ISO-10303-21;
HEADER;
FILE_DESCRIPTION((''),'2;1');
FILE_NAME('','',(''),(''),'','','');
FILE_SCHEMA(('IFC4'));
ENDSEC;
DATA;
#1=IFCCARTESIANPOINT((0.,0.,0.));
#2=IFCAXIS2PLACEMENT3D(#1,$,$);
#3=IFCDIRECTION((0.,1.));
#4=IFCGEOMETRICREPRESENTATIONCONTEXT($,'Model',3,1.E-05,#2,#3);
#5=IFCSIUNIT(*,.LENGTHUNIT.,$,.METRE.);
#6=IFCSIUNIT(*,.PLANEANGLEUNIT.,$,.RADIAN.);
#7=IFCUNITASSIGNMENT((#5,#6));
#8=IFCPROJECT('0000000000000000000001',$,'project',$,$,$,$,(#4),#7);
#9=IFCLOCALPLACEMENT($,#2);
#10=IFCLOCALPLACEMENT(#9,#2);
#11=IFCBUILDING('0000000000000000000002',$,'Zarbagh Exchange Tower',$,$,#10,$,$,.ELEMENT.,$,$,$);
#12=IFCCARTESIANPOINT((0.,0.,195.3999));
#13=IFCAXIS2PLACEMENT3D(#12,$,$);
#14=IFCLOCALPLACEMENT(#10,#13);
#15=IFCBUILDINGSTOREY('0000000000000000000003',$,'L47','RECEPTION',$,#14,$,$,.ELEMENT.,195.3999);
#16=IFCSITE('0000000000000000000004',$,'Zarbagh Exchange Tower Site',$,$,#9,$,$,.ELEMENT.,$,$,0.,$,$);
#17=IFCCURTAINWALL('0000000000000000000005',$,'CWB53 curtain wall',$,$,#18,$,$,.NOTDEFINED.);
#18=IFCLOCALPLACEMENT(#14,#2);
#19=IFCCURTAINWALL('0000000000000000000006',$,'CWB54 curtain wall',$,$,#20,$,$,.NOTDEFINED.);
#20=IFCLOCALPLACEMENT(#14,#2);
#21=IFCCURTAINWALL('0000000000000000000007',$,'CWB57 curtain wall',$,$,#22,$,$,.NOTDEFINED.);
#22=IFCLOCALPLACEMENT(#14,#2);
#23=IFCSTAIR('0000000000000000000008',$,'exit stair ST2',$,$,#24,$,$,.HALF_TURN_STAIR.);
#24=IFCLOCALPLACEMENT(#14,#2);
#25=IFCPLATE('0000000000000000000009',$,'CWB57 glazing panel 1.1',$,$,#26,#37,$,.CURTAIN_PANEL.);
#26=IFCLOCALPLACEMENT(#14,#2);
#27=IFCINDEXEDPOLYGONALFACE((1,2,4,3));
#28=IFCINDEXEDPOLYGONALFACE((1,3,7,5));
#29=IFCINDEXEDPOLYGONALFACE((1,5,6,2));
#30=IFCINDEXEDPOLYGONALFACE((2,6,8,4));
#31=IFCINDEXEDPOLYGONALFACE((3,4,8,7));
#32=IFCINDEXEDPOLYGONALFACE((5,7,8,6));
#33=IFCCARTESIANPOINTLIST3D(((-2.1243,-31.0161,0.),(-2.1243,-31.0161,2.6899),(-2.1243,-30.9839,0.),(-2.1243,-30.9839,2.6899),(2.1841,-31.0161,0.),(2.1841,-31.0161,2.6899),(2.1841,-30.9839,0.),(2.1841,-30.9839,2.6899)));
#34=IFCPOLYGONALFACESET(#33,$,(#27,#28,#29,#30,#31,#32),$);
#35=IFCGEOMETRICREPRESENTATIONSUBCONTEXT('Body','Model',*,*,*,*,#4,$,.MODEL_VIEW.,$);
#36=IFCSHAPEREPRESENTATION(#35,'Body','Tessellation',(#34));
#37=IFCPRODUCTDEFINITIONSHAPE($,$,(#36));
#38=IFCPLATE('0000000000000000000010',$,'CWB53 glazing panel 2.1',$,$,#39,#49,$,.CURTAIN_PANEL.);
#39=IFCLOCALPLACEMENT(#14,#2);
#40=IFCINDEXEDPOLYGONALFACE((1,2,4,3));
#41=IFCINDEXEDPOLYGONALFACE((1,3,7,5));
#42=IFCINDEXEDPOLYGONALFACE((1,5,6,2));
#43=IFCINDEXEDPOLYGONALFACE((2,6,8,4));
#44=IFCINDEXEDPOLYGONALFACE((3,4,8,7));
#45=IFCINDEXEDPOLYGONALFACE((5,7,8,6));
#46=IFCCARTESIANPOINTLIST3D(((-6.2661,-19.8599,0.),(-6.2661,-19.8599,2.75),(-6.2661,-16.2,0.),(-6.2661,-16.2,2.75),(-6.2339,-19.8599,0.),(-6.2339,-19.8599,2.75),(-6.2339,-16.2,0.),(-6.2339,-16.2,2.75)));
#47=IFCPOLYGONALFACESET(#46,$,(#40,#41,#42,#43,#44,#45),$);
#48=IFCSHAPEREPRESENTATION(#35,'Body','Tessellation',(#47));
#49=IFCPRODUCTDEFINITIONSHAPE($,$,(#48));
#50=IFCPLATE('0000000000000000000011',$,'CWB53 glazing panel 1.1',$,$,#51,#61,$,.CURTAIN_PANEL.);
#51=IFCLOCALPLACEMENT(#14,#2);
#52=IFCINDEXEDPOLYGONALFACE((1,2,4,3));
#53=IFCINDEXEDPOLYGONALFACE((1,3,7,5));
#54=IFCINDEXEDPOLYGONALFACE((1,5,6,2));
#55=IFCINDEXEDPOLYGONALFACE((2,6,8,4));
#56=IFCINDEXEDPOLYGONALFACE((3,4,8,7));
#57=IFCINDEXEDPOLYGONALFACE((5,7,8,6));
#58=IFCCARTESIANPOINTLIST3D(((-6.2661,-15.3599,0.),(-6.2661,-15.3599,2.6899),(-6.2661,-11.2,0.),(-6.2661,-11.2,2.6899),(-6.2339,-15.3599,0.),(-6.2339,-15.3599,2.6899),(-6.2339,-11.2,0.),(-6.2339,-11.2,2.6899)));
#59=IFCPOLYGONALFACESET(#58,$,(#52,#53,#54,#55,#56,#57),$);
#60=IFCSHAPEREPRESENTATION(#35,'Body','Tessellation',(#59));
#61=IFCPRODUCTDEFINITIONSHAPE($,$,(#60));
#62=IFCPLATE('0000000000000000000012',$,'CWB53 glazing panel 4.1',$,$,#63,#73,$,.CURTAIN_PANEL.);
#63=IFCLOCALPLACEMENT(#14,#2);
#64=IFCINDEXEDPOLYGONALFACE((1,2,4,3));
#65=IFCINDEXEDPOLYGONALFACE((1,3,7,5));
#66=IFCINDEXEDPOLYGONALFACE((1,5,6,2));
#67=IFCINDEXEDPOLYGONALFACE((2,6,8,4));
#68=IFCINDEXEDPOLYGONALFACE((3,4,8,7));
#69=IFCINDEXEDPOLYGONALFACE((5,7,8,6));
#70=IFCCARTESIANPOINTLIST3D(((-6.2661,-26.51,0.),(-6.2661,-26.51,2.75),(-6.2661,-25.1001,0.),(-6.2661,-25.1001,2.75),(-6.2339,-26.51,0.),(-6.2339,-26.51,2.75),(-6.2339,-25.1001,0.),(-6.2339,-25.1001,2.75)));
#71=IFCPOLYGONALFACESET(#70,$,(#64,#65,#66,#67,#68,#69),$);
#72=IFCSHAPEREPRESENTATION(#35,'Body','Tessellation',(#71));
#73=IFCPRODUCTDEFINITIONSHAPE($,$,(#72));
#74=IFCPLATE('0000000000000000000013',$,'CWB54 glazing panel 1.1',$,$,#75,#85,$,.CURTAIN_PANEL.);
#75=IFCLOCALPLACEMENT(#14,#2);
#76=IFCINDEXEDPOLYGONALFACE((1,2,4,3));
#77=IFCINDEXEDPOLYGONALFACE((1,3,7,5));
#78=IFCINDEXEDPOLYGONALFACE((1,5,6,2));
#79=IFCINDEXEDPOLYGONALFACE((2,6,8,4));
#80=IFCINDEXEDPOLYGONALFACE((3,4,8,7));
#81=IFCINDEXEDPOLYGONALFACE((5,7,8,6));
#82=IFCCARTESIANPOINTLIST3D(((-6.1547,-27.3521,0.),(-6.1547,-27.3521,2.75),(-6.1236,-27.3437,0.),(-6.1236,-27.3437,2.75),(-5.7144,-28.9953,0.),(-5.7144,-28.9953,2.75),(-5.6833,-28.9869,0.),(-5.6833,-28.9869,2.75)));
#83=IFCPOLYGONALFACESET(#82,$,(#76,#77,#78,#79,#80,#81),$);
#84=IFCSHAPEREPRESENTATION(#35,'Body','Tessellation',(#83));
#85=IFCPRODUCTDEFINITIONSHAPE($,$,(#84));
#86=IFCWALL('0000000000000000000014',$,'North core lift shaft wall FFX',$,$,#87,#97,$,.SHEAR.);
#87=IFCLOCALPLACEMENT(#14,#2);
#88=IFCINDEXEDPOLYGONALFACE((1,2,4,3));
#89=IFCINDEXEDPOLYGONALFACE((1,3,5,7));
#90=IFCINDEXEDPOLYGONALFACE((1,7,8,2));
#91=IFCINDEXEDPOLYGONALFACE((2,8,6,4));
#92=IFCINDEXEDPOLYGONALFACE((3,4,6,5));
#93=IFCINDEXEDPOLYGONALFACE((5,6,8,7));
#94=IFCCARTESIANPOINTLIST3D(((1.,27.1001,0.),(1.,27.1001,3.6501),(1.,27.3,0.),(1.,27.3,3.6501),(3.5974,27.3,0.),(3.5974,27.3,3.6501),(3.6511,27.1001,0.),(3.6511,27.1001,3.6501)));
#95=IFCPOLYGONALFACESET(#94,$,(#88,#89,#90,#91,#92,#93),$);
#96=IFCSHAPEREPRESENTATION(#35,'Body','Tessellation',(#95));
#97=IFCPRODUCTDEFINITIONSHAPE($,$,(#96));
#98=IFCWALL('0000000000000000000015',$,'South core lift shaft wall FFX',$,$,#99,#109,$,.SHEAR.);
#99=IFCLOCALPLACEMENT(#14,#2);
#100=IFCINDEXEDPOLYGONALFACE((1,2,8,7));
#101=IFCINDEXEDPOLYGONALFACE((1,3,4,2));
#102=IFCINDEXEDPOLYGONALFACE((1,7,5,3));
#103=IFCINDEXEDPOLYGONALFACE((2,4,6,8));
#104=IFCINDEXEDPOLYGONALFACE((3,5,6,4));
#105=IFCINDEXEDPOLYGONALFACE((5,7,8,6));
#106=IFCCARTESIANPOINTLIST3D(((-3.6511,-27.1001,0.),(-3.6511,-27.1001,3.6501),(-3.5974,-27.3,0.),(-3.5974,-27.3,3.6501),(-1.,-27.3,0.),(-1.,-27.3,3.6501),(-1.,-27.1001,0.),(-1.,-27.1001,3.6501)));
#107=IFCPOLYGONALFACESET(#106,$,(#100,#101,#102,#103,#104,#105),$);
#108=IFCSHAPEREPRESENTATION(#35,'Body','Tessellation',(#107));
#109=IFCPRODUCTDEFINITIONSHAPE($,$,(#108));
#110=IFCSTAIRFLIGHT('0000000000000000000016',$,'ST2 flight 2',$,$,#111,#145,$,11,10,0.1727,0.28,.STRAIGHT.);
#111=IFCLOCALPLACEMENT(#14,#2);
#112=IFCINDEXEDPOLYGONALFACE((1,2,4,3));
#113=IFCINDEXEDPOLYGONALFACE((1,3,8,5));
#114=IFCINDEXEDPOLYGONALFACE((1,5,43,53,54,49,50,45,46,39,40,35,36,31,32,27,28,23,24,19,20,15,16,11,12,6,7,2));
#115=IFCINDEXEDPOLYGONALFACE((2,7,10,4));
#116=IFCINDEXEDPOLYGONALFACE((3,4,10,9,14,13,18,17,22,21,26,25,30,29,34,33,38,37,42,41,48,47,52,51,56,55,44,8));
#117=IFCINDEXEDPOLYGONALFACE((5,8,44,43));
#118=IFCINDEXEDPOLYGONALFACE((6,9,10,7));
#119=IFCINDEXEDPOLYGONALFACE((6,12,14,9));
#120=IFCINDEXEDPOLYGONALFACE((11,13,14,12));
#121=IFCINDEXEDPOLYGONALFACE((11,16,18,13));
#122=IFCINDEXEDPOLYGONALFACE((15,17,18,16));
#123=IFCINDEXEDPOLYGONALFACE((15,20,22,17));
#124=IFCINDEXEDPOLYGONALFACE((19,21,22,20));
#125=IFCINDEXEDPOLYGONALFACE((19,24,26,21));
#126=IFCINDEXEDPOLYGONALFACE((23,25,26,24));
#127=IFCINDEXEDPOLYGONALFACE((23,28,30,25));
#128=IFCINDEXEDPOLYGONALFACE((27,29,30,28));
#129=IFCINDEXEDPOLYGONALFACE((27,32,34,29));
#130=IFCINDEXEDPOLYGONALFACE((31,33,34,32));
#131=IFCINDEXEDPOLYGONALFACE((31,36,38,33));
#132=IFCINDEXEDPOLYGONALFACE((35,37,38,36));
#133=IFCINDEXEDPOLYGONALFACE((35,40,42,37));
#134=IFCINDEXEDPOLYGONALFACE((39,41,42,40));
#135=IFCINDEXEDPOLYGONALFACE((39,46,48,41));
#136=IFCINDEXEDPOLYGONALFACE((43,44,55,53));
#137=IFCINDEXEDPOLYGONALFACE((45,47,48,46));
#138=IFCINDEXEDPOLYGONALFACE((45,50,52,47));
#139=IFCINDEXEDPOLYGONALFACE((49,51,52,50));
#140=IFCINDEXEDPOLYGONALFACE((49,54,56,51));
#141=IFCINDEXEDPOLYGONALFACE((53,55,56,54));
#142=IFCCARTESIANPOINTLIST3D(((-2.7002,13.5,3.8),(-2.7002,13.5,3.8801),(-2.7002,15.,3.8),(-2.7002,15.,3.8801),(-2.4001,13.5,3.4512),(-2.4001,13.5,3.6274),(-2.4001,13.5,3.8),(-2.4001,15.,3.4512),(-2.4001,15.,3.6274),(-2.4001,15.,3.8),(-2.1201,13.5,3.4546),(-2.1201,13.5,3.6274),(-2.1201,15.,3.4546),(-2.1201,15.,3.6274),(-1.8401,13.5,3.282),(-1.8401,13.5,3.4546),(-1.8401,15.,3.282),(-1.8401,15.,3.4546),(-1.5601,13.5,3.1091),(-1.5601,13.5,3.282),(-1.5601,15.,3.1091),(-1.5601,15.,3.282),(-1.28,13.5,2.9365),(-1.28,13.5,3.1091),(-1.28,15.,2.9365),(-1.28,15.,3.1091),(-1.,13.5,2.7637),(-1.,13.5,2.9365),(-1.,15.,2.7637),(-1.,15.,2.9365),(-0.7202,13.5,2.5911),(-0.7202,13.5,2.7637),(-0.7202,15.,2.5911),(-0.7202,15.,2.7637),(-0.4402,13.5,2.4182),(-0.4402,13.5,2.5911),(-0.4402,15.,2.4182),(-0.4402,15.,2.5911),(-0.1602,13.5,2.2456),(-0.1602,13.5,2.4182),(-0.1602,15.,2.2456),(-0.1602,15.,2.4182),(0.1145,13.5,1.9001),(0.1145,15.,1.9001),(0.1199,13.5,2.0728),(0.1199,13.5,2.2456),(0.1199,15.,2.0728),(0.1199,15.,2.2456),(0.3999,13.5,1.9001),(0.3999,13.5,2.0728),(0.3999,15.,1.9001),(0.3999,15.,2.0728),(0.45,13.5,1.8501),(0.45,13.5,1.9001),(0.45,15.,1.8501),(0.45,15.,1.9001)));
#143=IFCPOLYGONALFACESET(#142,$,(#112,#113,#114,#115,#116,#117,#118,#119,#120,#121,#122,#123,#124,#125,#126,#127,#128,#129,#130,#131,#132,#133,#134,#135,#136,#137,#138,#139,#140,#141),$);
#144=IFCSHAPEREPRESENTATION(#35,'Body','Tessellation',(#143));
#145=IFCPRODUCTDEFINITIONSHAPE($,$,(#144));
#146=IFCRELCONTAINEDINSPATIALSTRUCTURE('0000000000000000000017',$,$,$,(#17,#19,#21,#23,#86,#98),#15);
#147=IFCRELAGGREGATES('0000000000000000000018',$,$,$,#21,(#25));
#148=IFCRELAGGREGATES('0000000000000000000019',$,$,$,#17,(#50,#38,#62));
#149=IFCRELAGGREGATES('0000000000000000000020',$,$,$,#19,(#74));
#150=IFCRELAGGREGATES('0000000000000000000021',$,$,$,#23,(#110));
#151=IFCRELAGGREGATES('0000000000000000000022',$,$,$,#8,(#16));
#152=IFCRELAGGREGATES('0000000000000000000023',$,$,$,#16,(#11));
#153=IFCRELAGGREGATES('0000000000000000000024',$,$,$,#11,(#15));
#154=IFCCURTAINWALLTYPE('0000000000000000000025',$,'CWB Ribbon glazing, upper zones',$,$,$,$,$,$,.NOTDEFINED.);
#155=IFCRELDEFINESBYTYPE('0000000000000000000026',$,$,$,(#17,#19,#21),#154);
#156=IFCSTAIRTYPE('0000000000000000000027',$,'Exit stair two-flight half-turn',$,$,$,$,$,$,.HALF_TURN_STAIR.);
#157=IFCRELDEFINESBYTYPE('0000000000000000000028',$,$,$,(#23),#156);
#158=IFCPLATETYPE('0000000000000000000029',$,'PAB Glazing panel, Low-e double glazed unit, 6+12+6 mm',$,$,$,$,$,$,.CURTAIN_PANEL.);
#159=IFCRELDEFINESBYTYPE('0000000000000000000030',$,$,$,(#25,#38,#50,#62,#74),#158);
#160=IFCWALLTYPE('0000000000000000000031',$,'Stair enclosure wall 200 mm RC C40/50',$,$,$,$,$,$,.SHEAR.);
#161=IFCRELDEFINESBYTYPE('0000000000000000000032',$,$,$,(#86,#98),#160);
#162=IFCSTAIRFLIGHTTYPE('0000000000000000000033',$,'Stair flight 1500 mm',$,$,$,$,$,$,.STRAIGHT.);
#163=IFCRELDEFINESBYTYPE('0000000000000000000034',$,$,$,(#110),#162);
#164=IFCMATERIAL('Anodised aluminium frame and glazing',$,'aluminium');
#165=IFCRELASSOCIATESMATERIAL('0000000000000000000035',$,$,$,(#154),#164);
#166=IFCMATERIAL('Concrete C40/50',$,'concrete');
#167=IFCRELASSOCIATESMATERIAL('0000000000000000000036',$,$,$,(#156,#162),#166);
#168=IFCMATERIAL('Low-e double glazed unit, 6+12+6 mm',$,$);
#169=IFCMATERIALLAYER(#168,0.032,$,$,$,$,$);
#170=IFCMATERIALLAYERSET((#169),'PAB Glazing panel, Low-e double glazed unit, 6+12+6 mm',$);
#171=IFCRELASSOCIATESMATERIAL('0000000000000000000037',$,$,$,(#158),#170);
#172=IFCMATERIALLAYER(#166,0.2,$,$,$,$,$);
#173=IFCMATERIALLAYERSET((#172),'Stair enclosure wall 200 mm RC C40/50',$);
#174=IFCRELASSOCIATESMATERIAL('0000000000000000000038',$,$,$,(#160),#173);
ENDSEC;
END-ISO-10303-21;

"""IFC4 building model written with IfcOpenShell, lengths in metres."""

from ifc_helpers import new_model, si_unit, direction, frame, origin, place, context, subcontext, project, spatial, polyline, outline, extrude, source, transform, mapped, material, layer, layer_set, type_object, element, aggregate, save


model = new_model("IFC4")

# Units and contexts
model_context = context("Model", 3, precision=1e-05, world=origin(), true_north=direction((0.0, 1.0)))
body_context = subcontext(model_context, "Body", "Model", "MODEL_VIEW")
ifc_project = project(units=[si_unit("LENGTHUNIT", "METRE"), si_unit("PLANEANGLEUNIT", "RADIAN")], contexts=[model_context])

# Site, building, storey
site_placement = place(None, origin())
site = spatial("IfcSite", under=ifc_project, at=site_placement, Name="Zarbagh Exchange Tower Site", CompositionType="ELEMENT", RefElevation=0.0)
building_placement = place(site_placement, origin())
building = spatial("IfcBuilding", under=site, at=building_placement, Name="Zarbagh Exchange Tower", CompositionType="ELEMENT")
storey_placement = place(building_placement, frame((0.0, 0.0, 195.3999)))
storey = spatial("IfcBuildingStorey", under=building, at=storey_placement, Name="L47", Description="RECEPTION", CompositionType="ELEMENT", Elevation=195.3999)

# Curtain wall
ifc_material_1 = material(Name="Anodised aluminium frame and glazing", Category="aluminium")
curtain_wall_type = type_object("IfcCurtainWallType", Name="CWB Ribbon glazing, upper zones", PredefinedType="NOTDEFINED", material=ifc_material_1)
curtain_wall_1_placement = place(storey_placement, origin())
curtain_wall_1 = element("IfcCurtainWall", 1, at=curtain_wall_1_placement, inside=storey, type_object=curtain_wall_type, Name="CWB53 curtain wall", PredefinedType="NOTDEFINED")
placement = place(storey_placement, origin())

# Curtain wall
curtain_wall_2_placement = place(storey_placement, origin())
curtain_wall_2 = element("IfcCurtainWall", 2, at=curtain_wall_2_placement, inside=storey, type_object=curtain_wall_type, Name="CWB54 curtain wall", PredefinedType="NOTDEFINED")

# Curtain wall
curtain_wall_3_placement = place(storey_placement, origin())
curtain_wall_3 = element("IfcCurtainWall", 3, at=curtain_wall_3_placement, inside=storey, type_object=curtain_wall_type, Name="CWB57 curtain wall", PredefinedType="NOTDEFINED")

# Stair
ifc_material_2 = material(Name="Concrete C40/50", Category="concrete")
stair_type = type_object("IfcStairType", Name="Exit stair two-flight half-turn", PredefinedType="HALF_TURN_STAIR", material=ifc_material_2)
stair_1_placement = place(storey_placement, origin())
stair_1 = element("IfcStair", 4, at=stair_1_placement, inside=storey, type_object=stair_type, Name="exit stair ST2", PredefinedType="HALF_TURN_STAIR")

# Shared definitions
ifc_material_3 = material(Name="Low-e double glazed unit, 6+12+6 mm")
ifc_layer_1 = layer(ifc_material_3, 0.032)
ifc_layer_set_1 = layer_set([ifc_layer_1], Name="PAB Glazing panel, Low-e double glazed unit, 6+12+6 mm")
plate_type = type_object("IfcPlateType", Name="PAB Glazing panel, Low-e double glazed unit, 6+12+6 mm", PredefinedType="CURTAIN_PANEL", material=ifc_layer_set_1)

# Plates
shared_shape_1 = source(origin(), body_context, "Body", "SweptSolid", [
    extrude(outline(polyline([(0.0, -0.0161), (4.3083, -0.0161), (4.3083, 0.0161), (0.0, 0.0161), (0.0, -0.0161)])), origin(), (0.0, 0.0, 1.0), 2.6899),
])
plate_1 = element("IfcPlate", 5, at=placement, type_object=plate_type, Name="CWB57 glazing panel 1.1", PredefinedType="CURTAIN_PANEL", context=body_context, shape_type="MappedRepresentation", body=[
    mapped(shared_shape_1, transform((-2.1243, -31.0, 0.0), x_axis=(1.0, 0.0, 0.0), y_axis=(0.0, 1.0, 0.0), z_axis=(0.0, 0.0, 1.0))),
])
aggregate(curtain_wall_3, [plate_1])
shared_shape_2 = source(origin(), body_context, "Body", "SweptSolid", [
    extrude(outline(polyline([(0.0, -0.0161), (3.6599, -0.0161), (3.6599, 0.0161), (0.0, 0.0161), (0.0, -0.0161)])), origin(), (0.0, 0.0, 1.0), 2.75),
])
plate_2 = element("IfcPlate", 6, at=placement, type_object=plate_type, Name="CWB53 glazing panel 2.1", PredefinedType="CURTAIN_PANEL", context=body_context, shape_type="MappedRepresentation", body=[
    mapped(shared_shape_2, transform((-6.25, -16.2, 0.0), x_axis=(0.0, -1.0, 0.0), y_axis=(1.0, 0.0, 0.0), z_axis=(0.0, 0.0, 1.0))),
])
shared_shape_3 = source(origin(), body_context, "Body", "SweptSolid", [
    extrude(outline(polyline([(0.0, -0.0161), (4.1599, -0.0161), (4.1599, 0.0161), (0.0, 0.0161), (0.0, -0.0161)])), origin(), (0.0, 0.0, 1.0), 2.6899),
])
plate_3 = element("IfcPlate", 7, at=placement, type_object=plate_type, Name="CWB53 glazing panel 1.1", PredefinedType="CURTAIN_PANEL", context=body_context, shape_type="MappedRepresentation", body=[
    mapped(shared_shape_3, transform((-6.25, -11.2, 0.0), x_axis=(0.0, -1.0, 0.0), y_axis=(1.0, 0.0, 0.0), z_axis=(0.0, 0.0, 1.0))),
])
shared_shape_4 = source(origin(), body_context, "Body", "SweptSolid", [
    extrude(outline(polyline([(0.0, -0.0161), (1.4099, -0.0161), (1.4099, 0.0161), (0.0, 0.0161), (0.0, -0.0161)])), origin(), (0.0, 0.0, 1.0), 2.75),
])
plate_4 = element("IfcPlate", 8, at=placement, type_object=plate_type, Name="CWB53 glazing panel 4.1", PredefinedType="CURTAIN_PANEL", context=body_context, shape_type="MappedRepresentation", body=[
    mapped(shared_shape_4, transform((-6.25, -25.1001, 0.0), x_axis=(0.0, -1.0, 0.0), y_axis=(1.0, 0.0, 0.0), z_axis=(0.0, 0.0, 1.0))),
])
aggregate(curtain_wall_1, [plate_3, plate_2, plate_4])
shared_shape_5 = source(origin(), body_context, "Body", "SweptSolid", [
    extrude(outline(polyline([(0.0, -0.0161), (1.7012, -0.0161), (1.7012, 0.0161), (0.0, 0.0161), (0.0, -0.0161)])), origin(), (0.0, 0.0, 1.0), 2.75),
])
plate_5 = element("IfcPlate", 9, at=placement, type_object=plate_type, Name="CWB54 glazing panel 1.1", PredefinedType="CURTAIN_PANEL", context=body_context, shape_type="MappedRepresentation", body=[
    mapped(shared_shape_5, transform((-6.1392, -27.3479, 0.0), x_axis=(0.258825, -0.965924, 0.0), y_axis=(0.965924, 0.258825, 0.0), z_axis=(0.0, 0.0, 1.0))),
])
aggregate(curtain_wall_2, [plate_5])

# Walls
ifc_layer_2 = layer(ifc_material_2, 0.2)
ifc_layer_set_2 = layer_set([ifc_layer_2], Name="Stair enclosure wall 200 mm RC C40/50")
wall_type = type_object("IfcWallType", Name="Stair enclosure wall 200 mm RC C40/50", PredefinedType="SHEAR", material=ifc_layer_set_2)
wall_1_placement = place(storey_placement, origin())
element("IfcWall", 10, at=wall_1_placement, inside=storey, type_object=wall_type, Name="North core lift shaft wall FFX", PredefinedType="SHEAR", context=body_context, shape_type="SweptSolid", body=[
    extrude(outline(polyline([(1.0, 27.1001), (3.6511, 27.1001), (3.5974, 27.3), (1.0, 27.3), (1.0, 27.1001)])), origin(), (0.0, 0.0, 1.0), 3.6501),
])
wall_2_placement = place(storey_placement, origin())
element("IfcWall", 11, at=wall_2_placement, inside=storey, type_object=wall_type, Name="South core lift shaft wall FFX", PredefinedType="SHEAR", context=body_context, shape_type="SweptSolid", body=[
    extrude(outline(polyline([(-1.0, -27.1001), (-3.6511, -27.1001), (-3.5974, -27.3), (-1.0, -27.3), (-1.0, -27.1001)])), origin(), (0.0, 0.0, 1.0), 3.6501),
])

# Stair flight
stair_flight_type = type_object("IfcStairFlightType", Name="Stair flight 1500 mm", PredefinedType="STRAIGHT", material=ifc_material_2)
stair_flight_placement = place(storey_placement, frame((0.3999, 14.25, 1.9001), z_axis=(0.0, 0.0, 1.0), x_axis=(-1.0, 0.0, 0.0)))
stair_flight = element("IfcStairFlight", 12, at=stair_flight_placement, type_object=stair_flight_type, Name="ST2 flight 2", NumberOfRisers=11, NumberOfTreads=10, PredefinedType="STRAIGHT", RiserHeight=0.1727, TreadLength=0.28, context=body_context, shape_type="SweptSolid", body=[
    extrude(outline(polyline([(-0.05, -0.05), (-0.05, 0.0), (0.0, 0.0), (0.0, 0.1726), (0.28, 0.1726), (0.28, 0.3455), (0.5601, 0.3455), (0.5601, 0.5181), (0.8401, 0.5181), (0.8401, 0.6909), (1.1201, 0.6909), (1.1201, 0.8635), (1.3999, 0.8635), (1.3999, 1.0364), (1.6799, 1.0364), (1.6799, 1.209), (1.96, 1.209), (1.96, 1.3818), (2.24, 1.3818), (2.24, 1.5544), (2.52, 1.5544), (2.52, 1.7273), (2.8, 1.7273), (2.8, 1.8999), (3.1001, 1.98), (3.1001, 1.8999), (2.8, 1.551), (0.2854, 0.0), (-0.05, -0.05)])), frame((0.0, 0.75, 0.0), z_axis=(0.0, -1.0, 0.0), x_axis=(1.0, 0.0, 0.0)), (0.0, 0.0, 1.0), 1.5),
])
aggregate(stair_1, [stair_flight])

save(model, "model.ifc")
